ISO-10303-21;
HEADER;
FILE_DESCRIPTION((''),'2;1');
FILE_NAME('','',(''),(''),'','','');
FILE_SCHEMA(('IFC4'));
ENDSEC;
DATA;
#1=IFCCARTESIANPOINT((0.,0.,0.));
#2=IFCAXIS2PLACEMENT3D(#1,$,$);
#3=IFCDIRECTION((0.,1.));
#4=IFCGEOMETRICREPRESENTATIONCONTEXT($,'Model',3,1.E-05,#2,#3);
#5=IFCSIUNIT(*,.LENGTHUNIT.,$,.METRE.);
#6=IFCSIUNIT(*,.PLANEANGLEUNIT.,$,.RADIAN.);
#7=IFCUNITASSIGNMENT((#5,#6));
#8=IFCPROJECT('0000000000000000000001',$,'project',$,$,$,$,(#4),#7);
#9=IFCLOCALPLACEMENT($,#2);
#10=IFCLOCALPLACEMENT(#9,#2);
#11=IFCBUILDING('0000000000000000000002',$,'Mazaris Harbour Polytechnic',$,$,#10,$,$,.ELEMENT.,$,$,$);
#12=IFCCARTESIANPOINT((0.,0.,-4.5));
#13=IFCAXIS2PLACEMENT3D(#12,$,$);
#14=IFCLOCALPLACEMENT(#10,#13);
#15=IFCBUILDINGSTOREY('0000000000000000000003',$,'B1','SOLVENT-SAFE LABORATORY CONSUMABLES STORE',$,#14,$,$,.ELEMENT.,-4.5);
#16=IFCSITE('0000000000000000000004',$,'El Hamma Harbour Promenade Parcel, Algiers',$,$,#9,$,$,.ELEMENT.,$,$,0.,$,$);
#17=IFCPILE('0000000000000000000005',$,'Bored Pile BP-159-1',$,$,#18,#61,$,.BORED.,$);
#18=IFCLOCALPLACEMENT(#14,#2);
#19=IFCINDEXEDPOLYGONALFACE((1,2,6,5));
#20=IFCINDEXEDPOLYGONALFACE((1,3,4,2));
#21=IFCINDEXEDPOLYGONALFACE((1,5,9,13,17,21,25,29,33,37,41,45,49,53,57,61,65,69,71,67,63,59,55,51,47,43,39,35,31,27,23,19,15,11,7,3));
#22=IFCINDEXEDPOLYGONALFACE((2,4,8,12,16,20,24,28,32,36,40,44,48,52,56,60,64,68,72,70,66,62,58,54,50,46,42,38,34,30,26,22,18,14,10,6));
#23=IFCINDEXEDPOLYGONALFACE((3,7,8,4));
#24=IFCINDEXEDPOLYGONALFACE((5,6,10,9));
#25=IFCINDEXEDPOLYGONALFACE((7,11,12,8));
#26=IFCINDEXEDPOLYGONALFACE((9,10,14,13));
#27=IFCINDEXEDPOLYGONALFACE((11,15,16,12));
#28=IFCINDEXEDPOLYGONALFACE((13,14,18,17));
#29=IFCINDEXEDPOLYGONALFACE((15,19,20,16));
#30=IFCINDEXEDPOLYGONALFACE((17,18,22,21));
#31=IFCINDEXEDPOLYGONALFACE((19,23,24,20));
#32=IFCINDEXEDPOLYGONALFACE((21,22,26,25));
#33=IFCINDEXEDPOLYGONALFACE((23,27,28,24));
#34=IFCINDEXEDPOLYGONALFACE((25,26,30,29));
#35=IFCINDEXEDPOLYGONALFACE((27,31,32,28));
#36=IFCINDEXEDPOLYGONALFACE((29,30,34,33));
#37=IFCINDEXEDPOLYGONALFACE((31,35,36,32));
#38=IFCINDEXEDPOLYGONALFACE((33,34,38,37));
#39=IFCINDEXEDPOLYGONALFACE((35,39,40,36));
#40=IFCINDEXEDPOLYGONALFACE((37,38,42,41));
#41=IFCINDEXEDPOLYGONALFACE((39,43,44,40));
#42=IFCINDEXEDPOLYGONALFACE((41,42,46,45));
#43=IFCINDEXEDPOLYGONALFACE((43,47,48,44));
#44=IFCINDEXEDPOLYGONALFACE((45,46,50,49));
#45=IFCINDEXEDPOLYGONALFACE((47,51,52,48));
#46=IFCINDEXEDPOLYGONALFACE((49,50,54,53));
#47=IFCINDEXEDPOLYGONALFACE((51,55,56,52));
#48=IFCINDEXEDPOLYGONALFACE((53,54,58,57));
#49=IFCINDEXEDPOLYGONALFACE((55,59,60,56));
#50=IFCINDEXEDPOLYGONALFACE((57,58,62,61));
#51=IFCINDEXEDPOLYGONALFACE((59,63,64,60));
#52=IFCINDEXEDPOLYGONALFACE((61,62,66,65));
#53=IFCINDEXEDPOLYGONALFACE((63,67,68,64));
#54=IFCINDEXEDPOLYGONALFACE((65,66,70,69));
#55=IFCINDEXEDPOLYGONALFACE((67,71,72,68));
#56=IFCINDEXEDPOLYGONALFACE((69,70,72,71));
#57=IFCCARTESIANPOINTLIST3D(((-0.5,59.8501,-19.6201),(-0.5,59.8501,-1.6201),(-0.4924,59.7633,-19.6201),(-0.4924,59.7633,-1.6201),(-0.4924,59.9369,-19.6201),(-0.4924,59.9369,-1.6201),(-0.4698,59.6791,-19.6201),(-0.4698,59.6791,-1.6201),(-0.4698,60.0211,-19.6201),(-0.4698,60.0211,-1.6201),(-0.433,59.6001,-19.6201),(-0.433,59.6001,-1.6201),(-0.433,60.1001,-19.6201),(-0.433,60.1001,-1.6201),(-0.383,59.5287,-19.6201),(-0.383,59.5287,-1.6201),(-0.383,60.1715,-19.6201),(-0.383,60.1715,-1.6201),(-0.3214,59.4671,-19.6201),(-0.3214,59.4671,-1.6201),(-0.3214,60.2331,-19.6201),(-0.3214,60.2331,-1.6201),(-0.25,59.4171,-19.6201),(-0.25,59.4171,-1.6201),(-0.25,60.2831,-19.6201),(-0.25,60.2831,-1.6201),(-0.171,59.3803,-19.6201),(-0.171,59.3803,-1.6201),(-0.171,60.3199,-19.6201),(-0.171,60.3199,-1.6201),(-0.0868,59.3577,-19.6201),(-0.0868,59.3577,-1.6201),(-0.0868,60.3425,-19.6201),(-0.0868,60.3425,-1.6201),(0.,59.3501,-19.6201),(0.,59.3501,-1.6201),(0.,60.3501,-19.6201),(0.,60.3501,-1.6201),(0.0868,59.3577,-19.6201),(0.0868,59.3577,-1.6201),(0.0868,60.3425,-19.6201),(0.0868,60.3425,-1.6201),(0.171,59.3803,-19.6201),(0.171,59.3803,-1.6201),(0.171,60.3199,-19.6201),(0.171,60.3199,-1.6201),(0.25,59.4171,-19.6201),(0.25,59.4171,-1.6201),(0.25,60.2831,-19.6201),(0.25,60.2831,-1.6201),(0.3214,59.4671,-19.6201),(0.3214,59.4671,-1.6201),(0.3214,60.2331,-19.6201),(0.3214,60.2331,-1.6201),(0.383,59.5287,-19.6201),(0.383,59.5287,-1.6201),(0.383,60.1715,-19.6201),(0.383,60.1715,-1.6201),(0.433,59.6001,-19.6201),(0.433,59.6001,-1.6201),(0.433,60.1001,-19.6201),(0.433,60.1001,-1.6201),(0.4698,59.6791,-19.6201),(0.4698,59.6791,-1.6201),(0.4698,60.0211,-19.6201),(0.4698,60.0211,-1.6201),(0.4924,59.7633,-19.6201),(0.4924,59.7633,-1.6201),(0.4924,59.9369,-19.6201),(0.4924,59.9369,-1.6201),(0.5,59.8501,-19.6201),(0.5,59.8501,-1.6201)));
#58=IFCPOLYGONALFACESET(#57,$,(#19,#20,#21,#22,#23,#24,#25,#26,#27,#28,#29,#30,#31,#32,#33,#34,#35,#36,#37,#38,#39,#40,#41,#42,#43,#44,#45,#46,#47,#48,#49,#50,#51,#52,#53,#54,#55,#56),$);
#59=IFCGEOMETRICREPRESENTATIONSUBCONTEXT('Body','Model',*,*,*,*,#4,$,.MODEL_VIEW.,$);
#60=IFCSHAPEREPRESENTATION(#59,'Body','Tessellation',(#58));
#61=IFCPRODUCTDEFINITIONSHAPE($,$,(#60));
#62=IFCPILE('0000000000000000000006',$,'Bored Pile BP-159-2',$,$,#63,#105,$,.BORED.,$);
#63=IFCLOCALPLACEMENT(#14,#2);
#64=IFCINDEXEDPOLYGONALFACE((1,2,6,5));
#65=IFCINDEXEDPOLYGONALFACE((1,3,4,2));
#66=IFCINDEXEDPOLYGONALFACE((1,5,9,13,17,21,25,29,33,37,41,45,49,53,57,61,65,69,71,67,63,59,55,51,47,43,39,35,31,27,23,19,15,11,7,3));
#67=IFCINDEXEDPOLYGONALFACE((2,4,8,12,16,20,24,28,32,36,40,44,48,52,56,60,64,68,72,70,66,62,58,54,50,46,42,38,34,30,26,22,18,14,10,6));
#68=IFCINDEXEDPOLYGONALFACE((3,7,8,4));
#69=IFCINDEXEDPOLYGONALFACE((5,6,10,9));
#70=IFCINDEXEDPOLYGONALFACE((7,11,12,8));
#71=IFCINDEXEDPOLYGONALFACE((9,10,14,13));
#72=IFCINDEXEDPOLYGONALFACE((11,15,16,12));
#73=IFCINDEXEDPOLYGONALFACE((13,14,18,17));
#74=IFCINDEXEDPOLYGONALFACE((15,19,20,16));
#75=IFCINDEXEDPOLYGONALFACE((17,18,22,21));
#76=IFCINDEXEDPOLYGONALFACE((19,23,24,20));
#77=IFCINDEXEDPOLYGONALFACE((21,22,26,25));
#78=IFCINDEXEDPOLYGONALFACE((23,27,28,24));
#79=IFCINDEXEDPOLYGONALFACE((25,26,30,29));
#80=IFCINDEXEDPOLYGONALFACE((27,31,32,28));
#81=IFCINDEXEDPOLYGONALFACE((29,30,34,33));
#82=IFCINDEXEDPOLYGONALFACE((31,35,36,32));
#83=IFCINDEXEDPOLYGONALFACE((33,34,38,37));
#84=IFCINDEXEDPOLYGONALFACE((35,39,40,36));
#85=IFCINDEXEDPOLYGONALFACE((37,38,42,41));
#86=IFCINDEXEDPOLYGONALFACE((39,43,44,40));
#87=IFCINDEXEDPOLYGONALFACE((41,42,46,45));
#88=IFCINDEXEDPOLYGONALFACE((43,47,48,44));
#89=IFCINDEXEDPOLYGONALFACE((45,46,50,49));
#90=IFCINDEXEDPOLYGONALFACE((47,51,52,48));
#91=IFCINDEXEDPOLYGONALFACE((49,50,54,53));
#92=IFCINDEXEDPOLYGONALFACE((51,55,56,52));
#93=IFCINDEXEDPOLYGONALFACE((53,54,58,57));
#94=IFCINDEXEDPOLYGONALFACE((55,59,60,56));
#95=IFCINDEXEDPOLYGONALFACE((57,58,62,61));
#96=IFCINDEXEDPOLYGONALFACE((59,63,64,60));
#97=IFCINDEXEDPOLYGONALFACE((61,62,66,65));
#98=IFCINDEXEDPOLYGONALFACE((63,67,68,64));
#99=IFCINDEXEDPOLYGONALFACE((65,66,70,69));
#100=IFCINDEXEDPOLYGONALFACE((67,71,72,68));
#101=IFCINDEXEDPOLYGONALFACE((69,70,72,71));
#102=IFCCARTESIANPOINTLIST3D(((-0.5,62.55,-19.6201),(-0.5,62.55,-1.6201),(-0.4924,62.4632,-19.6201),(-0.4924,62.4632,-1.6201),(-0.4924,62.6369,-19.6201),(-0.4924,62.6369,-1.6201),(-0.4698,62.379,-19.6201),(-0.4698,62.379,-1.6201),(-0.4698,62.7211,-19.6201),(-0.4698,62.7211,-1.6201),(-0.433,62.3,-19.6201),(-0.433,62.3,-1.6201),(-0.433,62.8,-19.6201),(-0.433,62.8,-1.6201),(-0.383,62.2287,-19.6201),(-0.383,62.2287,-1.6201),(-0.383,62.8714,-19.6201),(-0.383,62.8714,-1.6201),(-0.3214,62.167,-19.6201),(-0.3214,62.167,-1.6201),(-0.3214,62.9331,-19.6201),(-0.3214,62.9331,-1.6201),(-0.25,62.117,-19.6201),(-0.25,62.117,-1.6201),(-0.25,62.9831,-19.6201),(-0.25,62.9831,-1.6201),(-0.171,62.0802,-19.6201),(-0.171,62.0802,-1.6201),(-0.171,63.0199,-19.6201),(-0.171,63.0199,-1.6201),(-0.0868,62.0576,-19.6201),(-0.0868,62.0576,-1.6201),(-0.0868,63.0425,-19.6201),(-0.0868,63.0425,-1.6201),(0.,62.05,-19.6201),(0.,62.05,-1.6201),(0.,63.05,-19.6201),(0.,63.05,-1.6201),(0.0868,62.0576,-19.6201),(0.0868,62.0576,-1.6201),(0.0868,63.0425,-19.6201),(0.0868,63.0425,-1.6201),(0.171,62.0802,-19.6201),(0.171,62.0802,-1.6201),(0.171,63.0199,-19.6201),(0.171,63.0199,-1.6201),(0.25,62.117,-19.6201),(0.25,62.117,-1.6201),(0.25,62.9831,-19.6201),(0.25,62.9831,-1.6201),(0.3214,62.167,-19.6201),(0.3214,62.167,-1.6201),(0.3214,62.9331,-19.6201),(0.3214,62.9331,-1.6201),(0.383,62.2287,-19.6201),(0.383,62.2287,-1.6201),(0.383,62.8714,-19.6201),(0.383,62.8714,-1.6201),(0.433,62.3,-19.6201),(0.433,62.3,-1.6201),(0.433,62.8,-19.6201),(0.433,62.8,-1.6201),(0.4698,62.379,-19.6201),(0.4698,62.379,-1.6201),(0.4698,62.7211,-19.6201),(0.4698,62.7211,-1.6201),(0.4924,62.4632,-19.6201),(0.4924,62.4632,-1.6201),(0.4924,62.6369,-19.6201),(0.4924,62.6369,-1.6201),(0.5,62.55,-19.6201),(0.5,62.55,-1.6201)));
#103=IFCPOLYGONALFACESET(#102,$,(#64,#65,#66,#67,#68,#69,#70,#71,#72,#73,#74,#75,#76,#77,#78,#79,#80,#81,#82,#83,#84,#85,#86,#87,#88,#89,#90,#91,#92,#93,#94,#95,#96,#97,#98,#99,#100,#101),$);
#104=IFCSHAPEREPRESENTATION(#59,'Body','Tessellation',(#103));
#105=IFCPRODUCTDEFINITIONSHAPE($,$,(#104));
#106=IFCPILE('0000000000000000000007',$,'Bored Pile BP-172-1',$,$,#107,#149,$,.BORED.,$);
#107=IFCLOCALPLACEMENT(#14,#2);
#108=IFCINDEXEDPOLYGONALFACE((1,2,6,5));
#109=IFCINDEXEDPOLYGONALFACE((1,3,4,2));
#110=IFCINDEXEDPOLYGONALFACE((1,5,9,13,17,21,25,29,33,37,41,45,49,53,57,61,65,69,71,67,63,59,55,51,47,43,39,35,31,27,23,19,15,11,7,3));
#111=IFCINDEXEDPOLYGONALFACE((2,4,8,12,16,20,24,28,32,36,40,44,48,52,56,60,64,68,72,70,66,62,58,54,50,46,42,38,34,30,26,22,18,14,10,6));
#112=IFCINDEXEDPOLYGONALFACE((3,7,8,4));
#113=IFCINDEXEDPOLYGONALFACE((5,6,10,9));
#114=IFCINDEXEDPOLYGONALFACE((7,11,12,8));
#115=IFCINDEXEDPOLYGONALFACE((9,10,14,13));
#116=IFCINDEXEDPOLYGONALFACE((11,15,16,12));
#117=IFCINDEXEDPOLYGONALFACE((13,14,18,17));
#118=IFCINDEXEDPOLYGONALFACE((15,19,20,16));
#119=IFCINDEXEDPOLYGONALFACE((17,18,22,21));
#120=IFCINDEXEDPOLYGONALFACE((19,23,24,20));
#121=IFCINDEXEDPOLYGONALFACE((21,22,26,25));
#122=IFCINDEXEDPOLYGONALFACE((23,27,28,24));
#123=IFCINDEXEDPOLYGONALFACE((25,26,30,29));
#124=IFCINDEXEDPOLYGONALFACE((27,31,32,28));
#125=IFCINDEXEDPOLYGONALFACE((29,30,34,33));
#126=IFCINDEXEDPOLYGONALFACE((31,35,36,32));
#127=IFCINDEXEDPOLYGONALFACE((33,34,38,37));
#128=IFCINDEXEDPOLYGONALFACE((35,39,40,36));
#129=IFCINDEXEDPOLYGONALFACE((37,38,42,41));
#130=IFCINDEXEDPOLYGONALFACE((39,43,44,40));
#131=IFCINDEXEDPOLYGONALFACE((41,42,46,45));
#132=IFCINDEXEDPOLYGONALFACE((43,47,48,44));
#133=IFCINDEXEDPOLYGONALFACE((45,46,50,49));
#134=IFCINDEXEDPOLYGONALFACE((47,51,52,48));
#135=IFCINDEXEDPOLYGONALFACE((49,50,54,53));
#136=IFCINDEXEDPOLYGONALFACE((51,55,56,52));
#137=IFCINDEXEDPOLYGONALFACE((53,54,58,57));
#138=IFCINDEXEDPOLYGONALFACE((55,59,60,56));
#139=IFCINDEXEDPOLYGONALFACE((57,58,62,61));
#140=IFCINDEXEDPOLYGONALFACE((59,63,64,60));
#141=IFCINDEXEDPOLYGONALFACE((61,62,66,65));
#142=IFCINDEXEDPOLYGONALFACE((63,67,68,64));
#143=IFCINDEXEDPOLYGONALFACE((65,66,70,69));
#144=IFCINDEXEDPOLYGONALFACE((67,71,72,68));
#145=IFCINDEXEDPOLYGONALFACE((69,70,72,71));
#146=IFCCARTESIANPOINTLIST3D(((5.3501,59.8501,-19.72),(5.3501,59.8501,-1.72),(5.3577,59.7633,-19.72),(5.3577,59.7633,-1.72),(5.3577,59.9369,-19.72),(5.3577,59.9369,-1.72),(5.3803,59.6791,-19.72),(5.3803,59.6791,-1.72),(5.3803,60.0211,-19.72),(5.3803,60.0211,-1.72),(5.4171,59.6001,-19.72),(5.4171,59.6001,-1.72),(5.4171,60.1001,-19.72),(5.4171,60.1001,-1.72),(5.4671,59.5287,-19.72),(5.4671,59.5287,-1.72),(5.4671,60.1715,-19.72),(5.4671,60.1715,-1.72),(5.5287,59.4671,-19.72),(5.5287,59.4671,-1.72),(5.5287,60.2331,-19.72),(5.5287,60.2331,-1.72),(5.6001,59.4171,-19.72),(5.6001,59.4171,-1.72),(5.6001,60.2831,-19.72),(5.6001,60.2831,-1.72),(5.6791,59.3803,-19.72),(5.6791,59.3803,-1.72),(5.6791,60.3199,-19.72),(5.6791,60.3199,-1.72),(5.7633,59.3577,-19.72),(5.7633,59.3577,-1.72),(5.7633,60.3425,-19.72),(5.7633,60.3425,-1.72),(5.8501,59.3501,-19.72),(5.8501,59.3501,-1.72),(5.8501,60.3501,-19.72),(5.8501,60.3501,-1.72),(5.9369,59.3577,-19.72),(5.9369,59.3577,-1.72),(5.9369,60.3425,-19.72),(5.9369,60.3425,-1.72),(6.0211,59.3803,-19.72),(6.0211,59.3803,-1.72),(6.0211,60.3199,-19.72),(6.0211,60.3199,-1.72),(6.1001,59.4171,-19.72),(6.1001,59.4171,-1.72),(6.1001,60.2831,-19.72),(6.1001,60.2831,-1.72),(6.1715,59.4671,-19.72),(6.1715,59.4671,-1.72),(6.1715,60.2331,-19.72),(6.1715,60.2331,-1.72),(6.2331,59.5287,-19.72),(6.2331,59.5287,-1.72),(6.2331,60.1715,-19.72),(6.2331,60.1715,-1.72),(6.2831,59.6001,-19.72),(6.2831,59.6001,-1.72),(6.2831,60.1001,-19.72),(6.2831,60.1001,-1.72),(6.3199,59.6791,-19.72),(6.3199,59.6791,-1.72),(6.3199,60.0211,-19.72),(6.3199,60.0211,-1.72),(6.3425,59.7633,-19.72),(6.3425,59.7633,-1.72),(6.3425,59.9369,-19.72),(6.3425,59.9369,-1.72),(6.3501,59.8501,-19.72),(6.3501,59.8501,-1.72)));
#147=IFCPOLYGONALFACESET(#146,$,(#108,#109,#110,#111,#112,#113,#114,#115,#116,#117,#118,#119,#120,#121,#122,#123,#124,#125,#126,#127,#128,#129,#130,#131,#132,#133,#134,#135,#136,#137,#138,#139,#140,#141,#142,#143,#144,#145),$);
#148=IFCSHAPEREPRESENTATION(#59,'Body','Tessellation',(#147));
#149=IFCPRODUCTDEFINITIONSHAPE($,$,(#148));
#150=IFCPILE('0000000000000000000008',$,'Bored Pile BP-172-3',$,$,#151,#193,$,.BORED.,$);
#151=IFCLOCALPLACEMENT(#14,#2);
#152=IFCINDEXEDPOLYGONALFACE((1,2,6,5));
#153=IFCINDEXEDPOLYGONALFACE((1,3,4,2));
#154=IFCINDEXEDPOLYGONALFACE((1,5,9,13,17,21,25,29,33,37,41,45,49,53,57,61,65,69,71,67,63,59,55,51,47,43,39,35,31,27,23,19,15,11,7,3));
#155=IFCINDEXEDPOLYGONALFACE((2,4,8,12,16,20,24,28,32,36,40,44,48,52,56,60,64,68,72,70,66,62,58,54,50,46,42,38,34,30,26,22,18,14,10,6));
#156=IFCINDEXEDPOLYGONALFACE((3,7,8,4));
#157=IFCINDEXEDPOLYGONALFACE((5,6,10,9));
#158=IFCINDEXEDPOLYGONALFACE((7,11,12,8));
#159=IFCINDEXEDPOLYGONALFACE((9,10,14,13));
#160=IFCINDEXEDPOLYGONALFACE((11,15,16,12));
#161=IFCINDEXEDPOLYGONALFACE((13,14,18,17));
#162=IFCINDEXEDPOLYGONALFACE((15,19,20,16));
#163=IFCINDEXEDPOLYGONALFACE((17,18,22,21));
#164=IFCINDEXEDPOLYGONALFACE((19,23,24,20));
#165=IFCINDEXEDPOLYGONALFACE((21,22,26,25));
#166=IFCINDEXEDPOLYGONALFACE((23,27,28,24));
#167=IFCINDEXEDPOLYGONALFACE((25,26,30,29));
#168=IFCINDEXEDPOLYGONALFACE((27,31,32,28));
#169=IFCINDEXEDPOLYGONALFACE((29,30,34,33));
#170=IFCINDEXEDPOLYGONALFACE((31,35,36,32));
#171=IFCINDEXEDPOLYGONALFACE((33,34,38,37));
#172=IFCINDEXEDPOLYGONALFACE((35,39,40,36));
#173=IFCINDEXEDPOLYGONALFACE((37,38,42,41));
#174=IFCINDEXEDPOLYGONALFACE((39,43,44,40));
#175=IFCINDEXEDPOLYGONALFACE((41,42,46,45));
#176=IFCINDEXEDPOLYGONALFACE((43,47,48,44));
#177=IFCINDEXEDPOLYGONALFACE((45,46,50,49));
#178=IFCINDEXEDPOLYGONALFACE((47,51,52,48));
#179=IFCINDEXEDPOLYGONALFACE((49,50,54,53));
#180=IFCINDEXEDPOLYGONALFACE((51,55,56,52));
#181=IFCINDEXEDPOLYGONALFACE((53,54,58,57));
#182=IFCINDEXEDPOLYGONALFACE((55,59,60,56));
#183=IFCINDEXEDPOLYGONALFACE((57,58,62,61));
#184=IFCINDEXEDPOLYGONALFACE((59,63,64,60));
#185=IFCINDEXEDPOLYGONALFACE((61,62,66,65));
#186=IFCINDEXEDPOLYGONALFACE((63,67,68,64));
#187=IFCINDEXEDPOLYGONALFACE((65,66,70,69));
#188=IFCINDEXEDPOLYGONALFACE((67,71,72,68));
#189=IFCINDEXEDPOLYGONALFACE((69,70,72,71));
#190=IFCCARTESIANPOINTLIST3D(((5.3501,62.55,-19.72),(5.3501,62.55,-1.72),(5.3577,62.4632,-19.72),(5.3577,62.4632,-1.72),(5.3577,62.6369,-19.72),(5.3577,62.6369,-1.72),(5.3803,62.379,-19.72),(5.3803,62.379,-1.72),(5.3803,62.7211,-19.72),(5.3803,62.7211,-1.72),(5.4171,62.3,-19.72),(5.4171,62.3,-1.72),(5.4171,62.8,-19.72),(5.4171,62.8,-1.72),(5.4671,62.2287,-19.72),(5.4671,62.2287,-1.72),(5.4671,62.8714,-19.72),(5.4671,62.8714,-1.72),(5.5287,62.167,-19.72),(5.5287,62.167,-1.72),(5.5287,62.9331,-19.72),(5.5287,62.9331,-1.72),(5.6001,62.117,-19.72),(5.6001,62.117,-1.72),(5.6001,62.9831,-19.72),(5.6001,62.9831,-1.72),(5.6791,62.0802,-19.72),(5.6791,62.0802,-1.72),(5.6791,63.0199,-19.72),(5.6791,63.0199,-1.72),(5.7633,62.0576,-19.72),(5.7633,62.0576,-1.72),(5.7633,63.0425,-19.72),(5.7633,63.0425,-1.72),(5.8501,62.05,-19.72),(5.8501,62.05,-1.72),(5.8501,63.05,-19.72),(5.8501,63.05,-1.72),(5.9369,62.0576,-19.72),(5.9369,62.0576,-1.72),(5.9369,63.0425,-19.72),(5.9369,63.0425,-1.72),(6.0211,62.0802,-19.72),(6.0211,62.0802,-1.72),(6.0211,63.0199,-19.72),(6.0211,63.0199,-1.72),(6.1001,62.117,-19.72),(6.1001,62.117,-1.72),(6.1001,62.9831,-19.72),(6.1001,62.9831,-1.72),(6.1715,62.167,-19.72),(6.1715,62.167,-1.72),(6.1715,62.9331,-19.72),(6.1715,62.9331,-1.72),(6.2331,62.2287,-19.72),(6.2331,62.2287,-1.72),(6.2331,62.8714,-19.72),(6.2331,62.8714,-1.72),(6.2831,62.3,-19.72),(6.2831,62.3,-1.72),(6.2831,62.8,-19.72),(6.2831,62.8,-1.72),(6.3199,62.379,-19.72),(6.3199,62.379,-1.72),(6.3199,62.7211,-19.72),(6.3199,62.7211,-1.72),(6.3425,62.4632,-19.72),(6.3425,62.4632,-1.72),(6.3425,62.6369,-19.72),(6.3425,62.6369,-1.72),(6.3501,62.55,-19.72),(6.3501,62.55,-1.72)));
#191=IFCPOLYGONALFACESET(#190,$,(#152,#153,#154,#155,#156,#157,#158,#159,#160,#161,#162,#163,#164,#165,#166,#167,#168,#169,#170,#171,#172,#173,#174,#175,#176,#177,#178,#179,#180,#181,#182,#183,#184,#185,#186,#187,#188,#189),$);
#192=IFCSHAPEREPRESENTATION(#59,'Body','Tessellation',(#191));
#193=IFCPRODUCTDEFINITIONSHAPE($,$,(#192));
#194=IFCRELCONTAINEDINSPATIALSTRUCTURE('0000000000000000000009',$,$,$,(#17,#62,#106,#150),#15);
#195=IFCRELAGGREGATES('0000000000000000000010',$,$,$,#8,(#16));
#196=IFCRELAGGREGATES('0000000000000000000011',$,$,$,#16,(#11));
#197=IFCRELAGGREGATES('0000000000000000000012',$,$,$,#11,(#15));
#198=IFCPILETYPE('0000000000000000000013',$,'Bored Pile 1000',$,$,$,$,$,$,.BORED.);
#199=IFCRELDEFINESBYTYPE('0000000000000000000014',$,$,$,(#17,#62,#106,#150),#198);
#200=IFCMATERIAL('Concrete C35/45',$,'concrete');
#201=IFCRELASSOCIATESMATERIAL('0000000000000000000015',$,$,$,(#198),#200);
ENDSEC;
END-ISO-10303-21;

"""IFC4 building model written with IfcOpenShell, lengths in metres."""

from ifc_helpers import new_model, si_unit, direction, frame, origin, origin_2d, place, context, subcontext, project, spatial, circle, extrude, material, material_profile, profile_set, type_object, element, save


model = new_model("IFC4")

# Units and contexts
model_context = context("Model", 3, precision=1e-05, world=origin(), true_north=direction((0.0, 1.0)))
body_context = subcontext(model_context, "Body", "Model", "MODEL_VIEW")
ifc_project = project(units=[si_unit("LENGTHUNIT", "METRE"), si_unit("PLANEANGLEUNIT", "RADIAN")], contexts=[model_context])

# Site, building, storey
site_placement = place(None, origin())
site = spatial("IfcSite", under=ifc_project, at=site_placement, Name="El Hamma Harbour Promenade Parcel, Algiers", CompositionType="ELEMENT", RefElevation=0.0)
building_placement = place(site_placement, origin())
building = spatial("IfcBuilding", under=site, at=building_placement, Name="Mazaris Harbour Polytechnic", CompositionType="ELEMENT")
storey_placement = place(building_placement, frame((0.0, 0.0, -4.5)))
storey = spatial("IfcBuildingStorey", under=building, at=storey_placement, Name="B1", Description="SOLVENT-SAFE LABORATORY CONSUMABLES STORE", CompositionType="ELEMENT", Elevation=-4.5)

# Piles
ifc_material_1 = material(Name="Concrete C35/45", Category="concrete")
ifc_material_profile_1 = material_profile(ifc_material_1, circle(Radius=0.5, at=origin_2d()), Name="DIA1000")
ifc_profile_set_1 = profile_set([ifc_material_profile_1], Name="Concrete C35/45")
pile_type_1 = type_object("IfcPileType", Name="Bored Pile 1000", PredefinedType="BORED", material=ifc_profile_set_1)
for number, where, z_axis, x_axis, name in (
    (1, (0.0, 59.8501, -1.6201), (0.0, 0.0, -1.0), (1.0, 0.0, 0.0), "Bored Pile BP-159-1"),
    (2, (0.0, 62.55, -1.6201), (0.0, 0.0, -1.0), (1.0, 0.0, 0.0), "Bored Pile BP-159-2"),
    (3, (5.8501, 59.8501, -1.72), (0.0, 0.0, -1.0), (1.0, 0.0, 0.0), "Bored Pile BP-172-1"),
    (4, (5.8501, 62.55, -1.72), (0.0, 0.0, -1.0), (1.0, 0.0, 0.0), "Bored Pile BP-172-3"),
):
    element("IfcPile", number, at=place(storey_placement, frame(where, z_axis=z_axis, x_axis=x_axis)), inside=storey, type_object=pile_type_1, Name=name, PredefinedType="BORED", context=body_context, shape_type="SweptSolid", body=[
        extrude(circle(Radius=0.5, at=origin_2d()), origin(), (0.0, 0.0, 1.0), 18.0),
    ])

save(model, "model.ifc")
